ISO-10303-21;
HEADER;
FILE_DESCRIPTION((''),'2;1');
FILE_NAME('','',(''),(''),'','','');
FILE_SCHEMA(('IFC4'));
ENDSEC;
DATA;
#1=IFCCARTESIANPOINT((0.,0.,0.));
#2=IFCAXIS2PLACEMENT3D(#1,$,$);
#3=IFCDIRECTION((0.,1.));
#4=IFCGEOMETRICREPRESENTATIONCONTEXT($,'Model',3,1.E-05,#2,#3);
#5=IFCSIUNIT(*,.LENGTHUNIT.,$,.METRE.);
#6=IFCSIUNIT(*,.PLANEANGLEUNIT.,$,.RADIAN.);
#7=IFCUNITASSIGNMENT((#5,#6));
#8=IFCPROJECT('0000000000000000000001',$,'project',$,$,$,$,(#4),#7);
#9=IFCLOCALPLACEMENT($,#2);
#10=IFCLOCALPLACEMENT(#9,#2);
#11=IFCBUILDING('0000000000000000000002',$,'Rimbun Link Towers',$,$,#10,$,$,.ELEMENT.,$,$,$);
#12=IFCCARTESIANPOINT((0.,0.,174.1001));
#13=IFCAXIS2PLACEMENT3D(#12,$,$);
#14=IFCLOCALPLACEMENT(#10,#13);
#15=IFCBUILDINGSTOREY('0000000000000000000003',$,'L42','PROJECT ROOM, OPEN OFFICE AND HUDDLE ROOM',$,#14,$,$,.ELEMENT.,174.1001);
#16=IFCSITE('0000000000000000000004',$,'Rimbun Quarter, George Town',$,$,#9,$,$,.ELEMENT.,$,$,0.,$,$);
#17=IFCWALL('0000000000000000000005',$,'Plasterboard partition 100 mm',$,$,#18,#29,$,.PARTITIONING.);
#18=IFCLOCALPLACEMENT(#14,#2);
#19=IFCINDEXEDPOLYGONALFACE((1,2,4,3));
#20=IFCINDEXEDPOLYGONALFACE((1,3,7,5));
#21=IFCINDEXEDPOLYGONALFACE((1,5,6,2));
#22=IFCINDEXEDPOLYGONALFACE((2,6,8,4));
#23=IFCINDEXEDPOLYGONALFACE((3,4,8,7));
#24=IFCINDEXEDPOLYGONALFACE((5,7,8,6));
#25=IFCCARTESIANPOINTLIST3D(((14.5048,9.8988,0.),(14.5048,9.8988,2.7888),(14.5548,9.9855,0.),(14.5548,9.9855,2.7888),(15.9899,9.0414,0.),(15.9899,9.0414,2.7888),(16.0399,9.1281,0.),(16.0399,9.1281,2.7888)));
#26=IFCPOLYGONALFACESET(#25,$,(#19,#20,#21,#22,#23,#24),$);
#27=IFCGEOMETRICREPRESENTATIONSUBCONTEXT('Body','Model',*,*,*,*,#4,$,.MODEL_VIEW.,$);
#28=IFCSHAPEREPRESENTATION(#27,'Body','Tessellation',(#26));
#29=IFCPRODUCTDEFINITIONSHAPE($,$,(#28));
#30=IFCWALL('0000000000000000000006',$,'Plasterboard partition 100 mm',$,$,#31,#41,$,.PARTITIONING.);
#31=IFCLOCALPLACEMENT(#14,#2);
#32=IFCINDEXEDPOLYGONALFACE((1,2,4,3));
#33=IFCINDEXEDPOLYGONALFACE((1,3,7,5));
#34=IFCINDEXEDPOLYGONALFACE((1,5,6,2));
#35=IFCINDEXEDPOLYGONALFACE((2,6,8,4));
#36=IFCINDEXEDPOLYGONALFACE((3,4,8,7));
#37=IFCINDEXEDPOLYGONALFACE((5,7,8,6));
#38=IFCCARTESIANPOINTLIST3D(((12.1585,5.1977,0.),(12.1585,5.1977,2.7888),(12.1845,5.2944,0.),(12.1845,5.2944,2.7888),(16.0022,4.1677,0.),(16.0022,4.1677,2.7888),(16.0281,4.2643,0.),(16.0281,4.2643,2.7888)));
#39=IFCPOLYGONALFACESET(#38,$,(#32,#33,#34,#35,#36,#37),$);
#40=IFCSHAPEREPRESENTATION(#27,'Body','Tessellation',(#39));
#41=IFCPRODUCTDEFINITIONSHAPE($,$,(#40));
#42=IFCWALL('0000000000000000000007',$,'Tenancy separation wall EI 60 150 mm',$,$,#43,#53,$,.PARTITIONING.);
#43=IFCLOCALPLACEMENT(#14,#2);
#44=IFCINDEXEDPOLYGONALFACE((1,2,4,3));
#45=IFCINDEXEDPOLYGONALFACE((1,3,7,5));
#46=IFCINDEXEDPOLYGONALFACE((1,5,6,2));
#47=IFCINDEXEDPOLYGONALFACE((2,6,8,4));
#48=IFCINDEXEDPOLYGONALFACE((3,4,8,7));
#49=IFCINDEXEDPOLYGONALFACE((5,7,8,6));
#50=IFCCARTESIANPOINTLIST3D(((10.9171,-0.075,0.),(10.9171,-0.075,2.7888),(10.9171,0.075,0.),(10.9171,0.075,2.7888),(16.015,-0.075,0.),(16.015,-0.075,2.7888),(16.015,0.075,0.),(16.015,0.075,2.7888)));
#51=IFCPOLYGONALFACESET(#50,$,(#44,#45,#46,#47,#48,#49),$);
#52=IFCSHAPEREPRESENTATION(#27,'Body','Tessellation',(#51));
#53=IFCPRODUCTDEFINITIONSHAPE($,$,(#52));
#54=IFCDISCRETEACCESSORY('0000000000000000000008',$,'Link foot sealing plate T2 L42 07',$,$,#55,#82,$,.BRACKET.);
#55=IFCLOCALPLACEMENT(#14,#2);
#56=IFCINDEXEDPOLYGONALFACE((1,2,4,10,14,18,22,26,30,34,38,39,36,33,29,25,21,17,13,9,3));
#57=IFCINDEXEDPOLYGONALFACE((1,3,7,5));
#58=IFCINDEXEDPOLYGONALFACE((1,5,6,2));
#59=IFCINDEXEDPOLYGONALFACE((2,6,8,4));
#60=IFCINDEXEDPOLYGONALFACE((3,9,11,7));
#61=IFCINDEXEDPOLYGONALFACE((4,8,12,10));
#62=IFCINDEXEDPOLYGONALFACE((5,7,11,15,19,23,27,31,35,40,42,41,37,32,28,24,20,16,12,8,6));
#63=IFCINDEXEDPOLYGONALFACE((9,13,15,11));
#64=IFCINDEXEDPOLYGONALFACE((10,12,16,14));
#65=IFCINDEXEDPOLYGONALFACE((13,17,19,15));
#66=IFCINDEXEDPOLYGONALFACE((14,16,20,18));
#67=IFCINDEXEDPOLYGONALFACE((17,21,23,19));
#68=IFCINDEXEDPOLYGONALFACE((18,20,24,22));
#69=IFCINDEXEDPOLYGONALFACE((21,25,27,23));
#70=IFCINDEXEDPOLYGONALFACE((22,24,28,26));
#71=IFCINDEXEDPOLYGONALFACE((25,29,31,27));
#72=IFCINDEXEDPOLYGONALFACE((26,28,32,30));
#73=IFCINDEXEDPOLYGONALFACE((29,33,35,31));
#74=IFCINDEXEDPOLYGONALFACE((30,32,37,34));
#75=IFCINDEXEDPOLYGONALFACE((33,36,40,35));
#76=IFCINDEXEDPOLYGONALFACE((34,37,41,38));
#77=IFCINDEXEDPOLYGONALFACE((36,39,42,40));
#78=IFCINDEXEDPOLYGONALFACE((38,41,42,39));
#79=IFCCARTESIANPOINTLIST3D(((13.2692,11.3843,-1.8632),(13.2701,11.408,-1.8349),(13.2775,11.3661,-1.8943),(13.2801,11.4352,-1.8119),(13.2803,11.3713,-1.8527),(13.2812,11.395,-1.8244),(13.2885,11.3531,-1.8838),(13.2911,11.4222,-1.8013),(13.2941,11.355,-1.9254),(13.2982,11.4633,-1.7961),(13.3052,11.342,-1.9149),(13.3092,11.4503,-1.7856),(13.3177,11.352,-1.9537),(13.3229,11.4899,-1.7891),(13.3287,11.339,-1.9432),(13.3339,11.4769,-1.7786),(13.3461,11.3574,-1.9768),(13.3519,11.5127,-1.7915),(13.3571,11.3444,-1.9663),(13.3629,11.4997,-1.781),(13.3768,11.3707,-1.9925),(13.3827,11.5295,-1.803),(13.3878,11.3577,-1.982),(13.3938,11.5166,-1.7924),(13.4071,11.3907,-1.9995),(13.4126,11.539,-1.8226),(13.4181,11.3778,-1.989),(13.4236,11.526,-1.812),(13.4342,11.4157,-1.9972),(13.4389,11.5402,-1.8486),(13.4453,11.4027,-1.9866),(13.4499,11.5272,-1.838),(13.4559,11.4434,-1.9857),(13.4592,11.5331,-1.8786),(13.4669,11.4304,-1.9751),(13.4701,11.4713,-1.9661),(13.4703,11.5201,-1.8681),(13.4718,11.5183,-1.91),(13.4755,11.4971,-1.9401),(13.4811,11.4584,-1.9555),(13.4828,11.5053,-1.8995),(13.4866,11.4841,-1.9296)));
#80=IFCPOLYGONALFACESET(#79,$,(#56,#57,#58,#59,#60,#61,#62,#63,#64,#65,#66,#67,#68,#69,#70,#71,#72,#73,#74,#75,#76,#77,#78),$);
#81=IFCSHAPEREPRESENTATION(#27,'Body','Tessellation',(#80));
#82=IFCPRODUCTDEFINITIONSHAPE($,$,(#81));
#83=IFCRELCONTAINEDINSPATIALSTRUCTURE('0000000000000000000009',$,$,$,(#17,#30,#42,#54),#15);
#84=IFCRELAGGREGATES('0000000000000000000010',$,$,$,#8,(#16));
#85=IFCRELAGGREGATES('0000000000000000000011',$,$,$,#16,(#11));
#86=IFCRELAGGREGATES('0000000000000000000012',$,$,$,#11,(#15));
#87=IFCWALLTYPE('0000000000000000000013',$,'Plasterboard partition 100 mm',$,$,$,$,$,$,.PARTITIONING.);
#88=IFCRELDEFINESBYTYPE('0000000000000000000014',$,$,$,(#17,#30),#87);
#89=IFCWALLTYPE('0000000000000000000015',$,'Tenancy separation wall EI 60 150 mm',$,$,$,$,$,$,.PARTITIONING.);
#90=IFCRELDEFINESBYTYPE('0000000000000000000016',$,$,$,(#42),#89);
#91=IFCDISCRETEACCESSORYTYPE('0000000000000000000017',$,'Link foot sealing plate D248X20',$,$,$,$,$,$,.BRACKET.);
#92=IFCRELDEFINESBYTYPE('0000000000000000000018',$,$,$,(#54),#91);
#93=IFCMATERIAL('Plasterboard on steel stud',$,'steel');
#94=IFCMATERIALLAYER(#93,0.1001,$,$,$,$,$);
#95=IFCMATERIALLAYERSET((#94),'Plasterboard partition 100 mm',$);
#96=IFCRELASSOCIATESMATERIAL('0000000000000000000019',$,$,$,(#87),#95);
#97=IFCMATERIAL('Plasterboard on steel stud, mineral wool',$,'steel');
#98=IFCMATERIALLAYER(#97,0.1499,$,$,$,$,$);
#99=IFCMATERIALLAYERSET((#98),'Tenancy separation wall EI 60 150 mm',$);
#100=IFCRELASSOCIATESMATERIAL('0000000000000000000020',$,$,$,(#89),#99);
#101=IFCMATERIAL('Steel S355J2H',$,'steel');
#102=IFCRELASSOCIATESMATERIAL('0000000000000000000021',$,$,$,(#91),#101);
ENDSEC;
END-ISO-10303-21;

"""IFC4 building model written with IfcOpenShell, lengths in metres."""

from ifc_helpers import new_model, si_unit, direction, frame, frame_2d, origin, origin_2d, place, context, subcontext, project, spatial, rectangle, circle, extrude, material, layer, layer_set, material_profile, profile_set, type_object, element, save


model = new_model("IFC4")

# Units and contexts
model_context = context("Model", 3, precision=1e-05, world=origin(), true_north=direction((0.0, 1.0)))
body_context = subcontext(model_context, "Body", "Model", "MODEL_VIEW")
ifc_project = project(units=[si_unit("LENGTHUNIT", "METRE"), si_unit("PLANEANGLEUNIT", "RADIAN")], contexts=[model_context])

# Site, building, storey
site_placement = place(None, origin())
site = spatial("IfcSite", under=ifc_project, at=site_placement, Name="Rimbun Quarter, George Town", CompositionType="ELEMENT", RefElevation=0.0)
building_placement = place(site_placement, origin())
building = spatial("IfcBuilding", under=site, at=building_placement, Name="Rimbun Link Towers", CompositionType="ELEMENT")
storey_placement = place(building_placement, frame((0.0, 0.0, 174.1001)))
storey = spatial("IfcBuildingStorey", under=building, at=storey_placement, Name="L42", Description="PROJECT ROOM, OPEN OFFICE AND HUDDLE ROOM", CompositionType="ELEMENT", Elevation=174.1001)

# Walls
ifc_material_1 = material(Name="Plasterboard on steel stud", Category="steel")
ifc_layer_1 = layer(ifc_material_1, 0.1001)
ifc_layer_set_1 = layer_set([ifc_layer_1], Name="Plasterboard partition 100 mm")
wall_type_1 = type_object("IfcWallType", Name="Plasterboard partition 100 mm", PredefinedType="PARTITIONING", material=ifc_layer_set_1)
wall_1_placement = place(storey_placement, frame((14.5298, 9.9421, 0.0), z_axis=(0.0, 0.0, 1.0), x_axis=(0.866027, -0.499998, 0.0)))
element("IfcWall", 1, at=wall_1_placement, inside=storey, type_object=wall_type_1, Name="Plasterboard partition 100 mm", PredefinedType="PARTITIONING", context=body_context, shape_type="SweptSolid", body=[
    extrude(rectangle(XDim=1.7148, YDim=0.1001, at=frame_2d((0.8574, 0.0))), origin(), (0.0, 0.0, 1.0), 2.7888),
])
wall_2_placement = place(storey_placement, frame((12.1714, 5.2461, 0.0), z_axis=(0.0, 0.0, 1.0), x_axis=(0.965915, -0.258858, 0.0)))
element("IfcWall", 2, at=wall_2_placement, inside=storey, type_object=wall_type_1, Name="Plasterboard partition 100 mm", PredefinedType="PARTITIONING", context=body_context, shape_type="SweptSolid", body=[
    extrude(rectangle(XDim=3.9792, YDim=0.1001, at=frame_2d((1.9897, 0.0))), origin(), (0.0, 0.0, 1.0), 2.7888),
])
ifc_material_2 = material(Name="Plasterboard on steel stud, mineral wool", Category="steel")
ifc_layer_2 = layer(ifc_material_2, 0.1499)
ifc_layer_set_2 = layer_set([ifc_layer_2], Name="Tenancy separation wall EI 60 150 mm")
wall_type_2 = type_object("IfcWallType", Name="Tenancy separation wall EI 60 150 mm", PredefinedType="PARTITIONING", material=ifc_layer_set_2)
wall_3_placement = place(storey_placement, frame((16.0149, 0.0, 0.0), z_axis=(0.0, 0.0, 1.0), x_axis=(-1.0, 0.0, 0.0)))
element("IfcWall", 3, at=wall_3_placement, inside=storey, type_object=wall_type_2, Name="Tenancy separation wall EI 60 150 mm", PredefinedType="PARTITIONING", context=body_context, shape_type="SweptSolid", body=[
    extrude(rectangle(XDim=5.0979, YDim=0.1499, at=frame_2d((2.5488, 0.0))), origin(), (0.0, 0.0, 1.0), 2.7888),
])

# Discrete accessory
ifc_material_3 = material(Name="Steel S355J2H", Category="steel")
ifc_material_profile_1 = material_profile(ifc_material_3, circle(Radius=0.124, at=origin_2d()), Name="PL D248")
ifc_profile_set_1 = profile_set([ifc_material_profile_1], Name="Steel S355J2H")
discrete_accessory_type = type_object("IfcDiscreteAccessoryType", Name="Link foot sealing plate D248X20", PredefinedType="BRACKET", material=ifc_profile_set_1)
discrete_accessory_placement = place(storey_placement, frame((13.3831, 11.4333, -1.8838), z_axis=(-0.550461, 0.648321, -0.525996), x_axis=(-0.762294, -0.647231, 0.0)))
element("IfcDiscreteAccessory", 4, at=discrete_accessory_placement, inside=storey, type_object=discrete_accessory_type, Name="Link foot sealing plate T2 L42 07", PredefinedType="BRACKET", context=body_context, shape_type="SweptSolid", body=[
    extrude(circle(Radius=0.124, at=origin_2d()), origin(), (0.0, 0.0, 1.0), 0.02),
])

save(model, "model.ifc")
